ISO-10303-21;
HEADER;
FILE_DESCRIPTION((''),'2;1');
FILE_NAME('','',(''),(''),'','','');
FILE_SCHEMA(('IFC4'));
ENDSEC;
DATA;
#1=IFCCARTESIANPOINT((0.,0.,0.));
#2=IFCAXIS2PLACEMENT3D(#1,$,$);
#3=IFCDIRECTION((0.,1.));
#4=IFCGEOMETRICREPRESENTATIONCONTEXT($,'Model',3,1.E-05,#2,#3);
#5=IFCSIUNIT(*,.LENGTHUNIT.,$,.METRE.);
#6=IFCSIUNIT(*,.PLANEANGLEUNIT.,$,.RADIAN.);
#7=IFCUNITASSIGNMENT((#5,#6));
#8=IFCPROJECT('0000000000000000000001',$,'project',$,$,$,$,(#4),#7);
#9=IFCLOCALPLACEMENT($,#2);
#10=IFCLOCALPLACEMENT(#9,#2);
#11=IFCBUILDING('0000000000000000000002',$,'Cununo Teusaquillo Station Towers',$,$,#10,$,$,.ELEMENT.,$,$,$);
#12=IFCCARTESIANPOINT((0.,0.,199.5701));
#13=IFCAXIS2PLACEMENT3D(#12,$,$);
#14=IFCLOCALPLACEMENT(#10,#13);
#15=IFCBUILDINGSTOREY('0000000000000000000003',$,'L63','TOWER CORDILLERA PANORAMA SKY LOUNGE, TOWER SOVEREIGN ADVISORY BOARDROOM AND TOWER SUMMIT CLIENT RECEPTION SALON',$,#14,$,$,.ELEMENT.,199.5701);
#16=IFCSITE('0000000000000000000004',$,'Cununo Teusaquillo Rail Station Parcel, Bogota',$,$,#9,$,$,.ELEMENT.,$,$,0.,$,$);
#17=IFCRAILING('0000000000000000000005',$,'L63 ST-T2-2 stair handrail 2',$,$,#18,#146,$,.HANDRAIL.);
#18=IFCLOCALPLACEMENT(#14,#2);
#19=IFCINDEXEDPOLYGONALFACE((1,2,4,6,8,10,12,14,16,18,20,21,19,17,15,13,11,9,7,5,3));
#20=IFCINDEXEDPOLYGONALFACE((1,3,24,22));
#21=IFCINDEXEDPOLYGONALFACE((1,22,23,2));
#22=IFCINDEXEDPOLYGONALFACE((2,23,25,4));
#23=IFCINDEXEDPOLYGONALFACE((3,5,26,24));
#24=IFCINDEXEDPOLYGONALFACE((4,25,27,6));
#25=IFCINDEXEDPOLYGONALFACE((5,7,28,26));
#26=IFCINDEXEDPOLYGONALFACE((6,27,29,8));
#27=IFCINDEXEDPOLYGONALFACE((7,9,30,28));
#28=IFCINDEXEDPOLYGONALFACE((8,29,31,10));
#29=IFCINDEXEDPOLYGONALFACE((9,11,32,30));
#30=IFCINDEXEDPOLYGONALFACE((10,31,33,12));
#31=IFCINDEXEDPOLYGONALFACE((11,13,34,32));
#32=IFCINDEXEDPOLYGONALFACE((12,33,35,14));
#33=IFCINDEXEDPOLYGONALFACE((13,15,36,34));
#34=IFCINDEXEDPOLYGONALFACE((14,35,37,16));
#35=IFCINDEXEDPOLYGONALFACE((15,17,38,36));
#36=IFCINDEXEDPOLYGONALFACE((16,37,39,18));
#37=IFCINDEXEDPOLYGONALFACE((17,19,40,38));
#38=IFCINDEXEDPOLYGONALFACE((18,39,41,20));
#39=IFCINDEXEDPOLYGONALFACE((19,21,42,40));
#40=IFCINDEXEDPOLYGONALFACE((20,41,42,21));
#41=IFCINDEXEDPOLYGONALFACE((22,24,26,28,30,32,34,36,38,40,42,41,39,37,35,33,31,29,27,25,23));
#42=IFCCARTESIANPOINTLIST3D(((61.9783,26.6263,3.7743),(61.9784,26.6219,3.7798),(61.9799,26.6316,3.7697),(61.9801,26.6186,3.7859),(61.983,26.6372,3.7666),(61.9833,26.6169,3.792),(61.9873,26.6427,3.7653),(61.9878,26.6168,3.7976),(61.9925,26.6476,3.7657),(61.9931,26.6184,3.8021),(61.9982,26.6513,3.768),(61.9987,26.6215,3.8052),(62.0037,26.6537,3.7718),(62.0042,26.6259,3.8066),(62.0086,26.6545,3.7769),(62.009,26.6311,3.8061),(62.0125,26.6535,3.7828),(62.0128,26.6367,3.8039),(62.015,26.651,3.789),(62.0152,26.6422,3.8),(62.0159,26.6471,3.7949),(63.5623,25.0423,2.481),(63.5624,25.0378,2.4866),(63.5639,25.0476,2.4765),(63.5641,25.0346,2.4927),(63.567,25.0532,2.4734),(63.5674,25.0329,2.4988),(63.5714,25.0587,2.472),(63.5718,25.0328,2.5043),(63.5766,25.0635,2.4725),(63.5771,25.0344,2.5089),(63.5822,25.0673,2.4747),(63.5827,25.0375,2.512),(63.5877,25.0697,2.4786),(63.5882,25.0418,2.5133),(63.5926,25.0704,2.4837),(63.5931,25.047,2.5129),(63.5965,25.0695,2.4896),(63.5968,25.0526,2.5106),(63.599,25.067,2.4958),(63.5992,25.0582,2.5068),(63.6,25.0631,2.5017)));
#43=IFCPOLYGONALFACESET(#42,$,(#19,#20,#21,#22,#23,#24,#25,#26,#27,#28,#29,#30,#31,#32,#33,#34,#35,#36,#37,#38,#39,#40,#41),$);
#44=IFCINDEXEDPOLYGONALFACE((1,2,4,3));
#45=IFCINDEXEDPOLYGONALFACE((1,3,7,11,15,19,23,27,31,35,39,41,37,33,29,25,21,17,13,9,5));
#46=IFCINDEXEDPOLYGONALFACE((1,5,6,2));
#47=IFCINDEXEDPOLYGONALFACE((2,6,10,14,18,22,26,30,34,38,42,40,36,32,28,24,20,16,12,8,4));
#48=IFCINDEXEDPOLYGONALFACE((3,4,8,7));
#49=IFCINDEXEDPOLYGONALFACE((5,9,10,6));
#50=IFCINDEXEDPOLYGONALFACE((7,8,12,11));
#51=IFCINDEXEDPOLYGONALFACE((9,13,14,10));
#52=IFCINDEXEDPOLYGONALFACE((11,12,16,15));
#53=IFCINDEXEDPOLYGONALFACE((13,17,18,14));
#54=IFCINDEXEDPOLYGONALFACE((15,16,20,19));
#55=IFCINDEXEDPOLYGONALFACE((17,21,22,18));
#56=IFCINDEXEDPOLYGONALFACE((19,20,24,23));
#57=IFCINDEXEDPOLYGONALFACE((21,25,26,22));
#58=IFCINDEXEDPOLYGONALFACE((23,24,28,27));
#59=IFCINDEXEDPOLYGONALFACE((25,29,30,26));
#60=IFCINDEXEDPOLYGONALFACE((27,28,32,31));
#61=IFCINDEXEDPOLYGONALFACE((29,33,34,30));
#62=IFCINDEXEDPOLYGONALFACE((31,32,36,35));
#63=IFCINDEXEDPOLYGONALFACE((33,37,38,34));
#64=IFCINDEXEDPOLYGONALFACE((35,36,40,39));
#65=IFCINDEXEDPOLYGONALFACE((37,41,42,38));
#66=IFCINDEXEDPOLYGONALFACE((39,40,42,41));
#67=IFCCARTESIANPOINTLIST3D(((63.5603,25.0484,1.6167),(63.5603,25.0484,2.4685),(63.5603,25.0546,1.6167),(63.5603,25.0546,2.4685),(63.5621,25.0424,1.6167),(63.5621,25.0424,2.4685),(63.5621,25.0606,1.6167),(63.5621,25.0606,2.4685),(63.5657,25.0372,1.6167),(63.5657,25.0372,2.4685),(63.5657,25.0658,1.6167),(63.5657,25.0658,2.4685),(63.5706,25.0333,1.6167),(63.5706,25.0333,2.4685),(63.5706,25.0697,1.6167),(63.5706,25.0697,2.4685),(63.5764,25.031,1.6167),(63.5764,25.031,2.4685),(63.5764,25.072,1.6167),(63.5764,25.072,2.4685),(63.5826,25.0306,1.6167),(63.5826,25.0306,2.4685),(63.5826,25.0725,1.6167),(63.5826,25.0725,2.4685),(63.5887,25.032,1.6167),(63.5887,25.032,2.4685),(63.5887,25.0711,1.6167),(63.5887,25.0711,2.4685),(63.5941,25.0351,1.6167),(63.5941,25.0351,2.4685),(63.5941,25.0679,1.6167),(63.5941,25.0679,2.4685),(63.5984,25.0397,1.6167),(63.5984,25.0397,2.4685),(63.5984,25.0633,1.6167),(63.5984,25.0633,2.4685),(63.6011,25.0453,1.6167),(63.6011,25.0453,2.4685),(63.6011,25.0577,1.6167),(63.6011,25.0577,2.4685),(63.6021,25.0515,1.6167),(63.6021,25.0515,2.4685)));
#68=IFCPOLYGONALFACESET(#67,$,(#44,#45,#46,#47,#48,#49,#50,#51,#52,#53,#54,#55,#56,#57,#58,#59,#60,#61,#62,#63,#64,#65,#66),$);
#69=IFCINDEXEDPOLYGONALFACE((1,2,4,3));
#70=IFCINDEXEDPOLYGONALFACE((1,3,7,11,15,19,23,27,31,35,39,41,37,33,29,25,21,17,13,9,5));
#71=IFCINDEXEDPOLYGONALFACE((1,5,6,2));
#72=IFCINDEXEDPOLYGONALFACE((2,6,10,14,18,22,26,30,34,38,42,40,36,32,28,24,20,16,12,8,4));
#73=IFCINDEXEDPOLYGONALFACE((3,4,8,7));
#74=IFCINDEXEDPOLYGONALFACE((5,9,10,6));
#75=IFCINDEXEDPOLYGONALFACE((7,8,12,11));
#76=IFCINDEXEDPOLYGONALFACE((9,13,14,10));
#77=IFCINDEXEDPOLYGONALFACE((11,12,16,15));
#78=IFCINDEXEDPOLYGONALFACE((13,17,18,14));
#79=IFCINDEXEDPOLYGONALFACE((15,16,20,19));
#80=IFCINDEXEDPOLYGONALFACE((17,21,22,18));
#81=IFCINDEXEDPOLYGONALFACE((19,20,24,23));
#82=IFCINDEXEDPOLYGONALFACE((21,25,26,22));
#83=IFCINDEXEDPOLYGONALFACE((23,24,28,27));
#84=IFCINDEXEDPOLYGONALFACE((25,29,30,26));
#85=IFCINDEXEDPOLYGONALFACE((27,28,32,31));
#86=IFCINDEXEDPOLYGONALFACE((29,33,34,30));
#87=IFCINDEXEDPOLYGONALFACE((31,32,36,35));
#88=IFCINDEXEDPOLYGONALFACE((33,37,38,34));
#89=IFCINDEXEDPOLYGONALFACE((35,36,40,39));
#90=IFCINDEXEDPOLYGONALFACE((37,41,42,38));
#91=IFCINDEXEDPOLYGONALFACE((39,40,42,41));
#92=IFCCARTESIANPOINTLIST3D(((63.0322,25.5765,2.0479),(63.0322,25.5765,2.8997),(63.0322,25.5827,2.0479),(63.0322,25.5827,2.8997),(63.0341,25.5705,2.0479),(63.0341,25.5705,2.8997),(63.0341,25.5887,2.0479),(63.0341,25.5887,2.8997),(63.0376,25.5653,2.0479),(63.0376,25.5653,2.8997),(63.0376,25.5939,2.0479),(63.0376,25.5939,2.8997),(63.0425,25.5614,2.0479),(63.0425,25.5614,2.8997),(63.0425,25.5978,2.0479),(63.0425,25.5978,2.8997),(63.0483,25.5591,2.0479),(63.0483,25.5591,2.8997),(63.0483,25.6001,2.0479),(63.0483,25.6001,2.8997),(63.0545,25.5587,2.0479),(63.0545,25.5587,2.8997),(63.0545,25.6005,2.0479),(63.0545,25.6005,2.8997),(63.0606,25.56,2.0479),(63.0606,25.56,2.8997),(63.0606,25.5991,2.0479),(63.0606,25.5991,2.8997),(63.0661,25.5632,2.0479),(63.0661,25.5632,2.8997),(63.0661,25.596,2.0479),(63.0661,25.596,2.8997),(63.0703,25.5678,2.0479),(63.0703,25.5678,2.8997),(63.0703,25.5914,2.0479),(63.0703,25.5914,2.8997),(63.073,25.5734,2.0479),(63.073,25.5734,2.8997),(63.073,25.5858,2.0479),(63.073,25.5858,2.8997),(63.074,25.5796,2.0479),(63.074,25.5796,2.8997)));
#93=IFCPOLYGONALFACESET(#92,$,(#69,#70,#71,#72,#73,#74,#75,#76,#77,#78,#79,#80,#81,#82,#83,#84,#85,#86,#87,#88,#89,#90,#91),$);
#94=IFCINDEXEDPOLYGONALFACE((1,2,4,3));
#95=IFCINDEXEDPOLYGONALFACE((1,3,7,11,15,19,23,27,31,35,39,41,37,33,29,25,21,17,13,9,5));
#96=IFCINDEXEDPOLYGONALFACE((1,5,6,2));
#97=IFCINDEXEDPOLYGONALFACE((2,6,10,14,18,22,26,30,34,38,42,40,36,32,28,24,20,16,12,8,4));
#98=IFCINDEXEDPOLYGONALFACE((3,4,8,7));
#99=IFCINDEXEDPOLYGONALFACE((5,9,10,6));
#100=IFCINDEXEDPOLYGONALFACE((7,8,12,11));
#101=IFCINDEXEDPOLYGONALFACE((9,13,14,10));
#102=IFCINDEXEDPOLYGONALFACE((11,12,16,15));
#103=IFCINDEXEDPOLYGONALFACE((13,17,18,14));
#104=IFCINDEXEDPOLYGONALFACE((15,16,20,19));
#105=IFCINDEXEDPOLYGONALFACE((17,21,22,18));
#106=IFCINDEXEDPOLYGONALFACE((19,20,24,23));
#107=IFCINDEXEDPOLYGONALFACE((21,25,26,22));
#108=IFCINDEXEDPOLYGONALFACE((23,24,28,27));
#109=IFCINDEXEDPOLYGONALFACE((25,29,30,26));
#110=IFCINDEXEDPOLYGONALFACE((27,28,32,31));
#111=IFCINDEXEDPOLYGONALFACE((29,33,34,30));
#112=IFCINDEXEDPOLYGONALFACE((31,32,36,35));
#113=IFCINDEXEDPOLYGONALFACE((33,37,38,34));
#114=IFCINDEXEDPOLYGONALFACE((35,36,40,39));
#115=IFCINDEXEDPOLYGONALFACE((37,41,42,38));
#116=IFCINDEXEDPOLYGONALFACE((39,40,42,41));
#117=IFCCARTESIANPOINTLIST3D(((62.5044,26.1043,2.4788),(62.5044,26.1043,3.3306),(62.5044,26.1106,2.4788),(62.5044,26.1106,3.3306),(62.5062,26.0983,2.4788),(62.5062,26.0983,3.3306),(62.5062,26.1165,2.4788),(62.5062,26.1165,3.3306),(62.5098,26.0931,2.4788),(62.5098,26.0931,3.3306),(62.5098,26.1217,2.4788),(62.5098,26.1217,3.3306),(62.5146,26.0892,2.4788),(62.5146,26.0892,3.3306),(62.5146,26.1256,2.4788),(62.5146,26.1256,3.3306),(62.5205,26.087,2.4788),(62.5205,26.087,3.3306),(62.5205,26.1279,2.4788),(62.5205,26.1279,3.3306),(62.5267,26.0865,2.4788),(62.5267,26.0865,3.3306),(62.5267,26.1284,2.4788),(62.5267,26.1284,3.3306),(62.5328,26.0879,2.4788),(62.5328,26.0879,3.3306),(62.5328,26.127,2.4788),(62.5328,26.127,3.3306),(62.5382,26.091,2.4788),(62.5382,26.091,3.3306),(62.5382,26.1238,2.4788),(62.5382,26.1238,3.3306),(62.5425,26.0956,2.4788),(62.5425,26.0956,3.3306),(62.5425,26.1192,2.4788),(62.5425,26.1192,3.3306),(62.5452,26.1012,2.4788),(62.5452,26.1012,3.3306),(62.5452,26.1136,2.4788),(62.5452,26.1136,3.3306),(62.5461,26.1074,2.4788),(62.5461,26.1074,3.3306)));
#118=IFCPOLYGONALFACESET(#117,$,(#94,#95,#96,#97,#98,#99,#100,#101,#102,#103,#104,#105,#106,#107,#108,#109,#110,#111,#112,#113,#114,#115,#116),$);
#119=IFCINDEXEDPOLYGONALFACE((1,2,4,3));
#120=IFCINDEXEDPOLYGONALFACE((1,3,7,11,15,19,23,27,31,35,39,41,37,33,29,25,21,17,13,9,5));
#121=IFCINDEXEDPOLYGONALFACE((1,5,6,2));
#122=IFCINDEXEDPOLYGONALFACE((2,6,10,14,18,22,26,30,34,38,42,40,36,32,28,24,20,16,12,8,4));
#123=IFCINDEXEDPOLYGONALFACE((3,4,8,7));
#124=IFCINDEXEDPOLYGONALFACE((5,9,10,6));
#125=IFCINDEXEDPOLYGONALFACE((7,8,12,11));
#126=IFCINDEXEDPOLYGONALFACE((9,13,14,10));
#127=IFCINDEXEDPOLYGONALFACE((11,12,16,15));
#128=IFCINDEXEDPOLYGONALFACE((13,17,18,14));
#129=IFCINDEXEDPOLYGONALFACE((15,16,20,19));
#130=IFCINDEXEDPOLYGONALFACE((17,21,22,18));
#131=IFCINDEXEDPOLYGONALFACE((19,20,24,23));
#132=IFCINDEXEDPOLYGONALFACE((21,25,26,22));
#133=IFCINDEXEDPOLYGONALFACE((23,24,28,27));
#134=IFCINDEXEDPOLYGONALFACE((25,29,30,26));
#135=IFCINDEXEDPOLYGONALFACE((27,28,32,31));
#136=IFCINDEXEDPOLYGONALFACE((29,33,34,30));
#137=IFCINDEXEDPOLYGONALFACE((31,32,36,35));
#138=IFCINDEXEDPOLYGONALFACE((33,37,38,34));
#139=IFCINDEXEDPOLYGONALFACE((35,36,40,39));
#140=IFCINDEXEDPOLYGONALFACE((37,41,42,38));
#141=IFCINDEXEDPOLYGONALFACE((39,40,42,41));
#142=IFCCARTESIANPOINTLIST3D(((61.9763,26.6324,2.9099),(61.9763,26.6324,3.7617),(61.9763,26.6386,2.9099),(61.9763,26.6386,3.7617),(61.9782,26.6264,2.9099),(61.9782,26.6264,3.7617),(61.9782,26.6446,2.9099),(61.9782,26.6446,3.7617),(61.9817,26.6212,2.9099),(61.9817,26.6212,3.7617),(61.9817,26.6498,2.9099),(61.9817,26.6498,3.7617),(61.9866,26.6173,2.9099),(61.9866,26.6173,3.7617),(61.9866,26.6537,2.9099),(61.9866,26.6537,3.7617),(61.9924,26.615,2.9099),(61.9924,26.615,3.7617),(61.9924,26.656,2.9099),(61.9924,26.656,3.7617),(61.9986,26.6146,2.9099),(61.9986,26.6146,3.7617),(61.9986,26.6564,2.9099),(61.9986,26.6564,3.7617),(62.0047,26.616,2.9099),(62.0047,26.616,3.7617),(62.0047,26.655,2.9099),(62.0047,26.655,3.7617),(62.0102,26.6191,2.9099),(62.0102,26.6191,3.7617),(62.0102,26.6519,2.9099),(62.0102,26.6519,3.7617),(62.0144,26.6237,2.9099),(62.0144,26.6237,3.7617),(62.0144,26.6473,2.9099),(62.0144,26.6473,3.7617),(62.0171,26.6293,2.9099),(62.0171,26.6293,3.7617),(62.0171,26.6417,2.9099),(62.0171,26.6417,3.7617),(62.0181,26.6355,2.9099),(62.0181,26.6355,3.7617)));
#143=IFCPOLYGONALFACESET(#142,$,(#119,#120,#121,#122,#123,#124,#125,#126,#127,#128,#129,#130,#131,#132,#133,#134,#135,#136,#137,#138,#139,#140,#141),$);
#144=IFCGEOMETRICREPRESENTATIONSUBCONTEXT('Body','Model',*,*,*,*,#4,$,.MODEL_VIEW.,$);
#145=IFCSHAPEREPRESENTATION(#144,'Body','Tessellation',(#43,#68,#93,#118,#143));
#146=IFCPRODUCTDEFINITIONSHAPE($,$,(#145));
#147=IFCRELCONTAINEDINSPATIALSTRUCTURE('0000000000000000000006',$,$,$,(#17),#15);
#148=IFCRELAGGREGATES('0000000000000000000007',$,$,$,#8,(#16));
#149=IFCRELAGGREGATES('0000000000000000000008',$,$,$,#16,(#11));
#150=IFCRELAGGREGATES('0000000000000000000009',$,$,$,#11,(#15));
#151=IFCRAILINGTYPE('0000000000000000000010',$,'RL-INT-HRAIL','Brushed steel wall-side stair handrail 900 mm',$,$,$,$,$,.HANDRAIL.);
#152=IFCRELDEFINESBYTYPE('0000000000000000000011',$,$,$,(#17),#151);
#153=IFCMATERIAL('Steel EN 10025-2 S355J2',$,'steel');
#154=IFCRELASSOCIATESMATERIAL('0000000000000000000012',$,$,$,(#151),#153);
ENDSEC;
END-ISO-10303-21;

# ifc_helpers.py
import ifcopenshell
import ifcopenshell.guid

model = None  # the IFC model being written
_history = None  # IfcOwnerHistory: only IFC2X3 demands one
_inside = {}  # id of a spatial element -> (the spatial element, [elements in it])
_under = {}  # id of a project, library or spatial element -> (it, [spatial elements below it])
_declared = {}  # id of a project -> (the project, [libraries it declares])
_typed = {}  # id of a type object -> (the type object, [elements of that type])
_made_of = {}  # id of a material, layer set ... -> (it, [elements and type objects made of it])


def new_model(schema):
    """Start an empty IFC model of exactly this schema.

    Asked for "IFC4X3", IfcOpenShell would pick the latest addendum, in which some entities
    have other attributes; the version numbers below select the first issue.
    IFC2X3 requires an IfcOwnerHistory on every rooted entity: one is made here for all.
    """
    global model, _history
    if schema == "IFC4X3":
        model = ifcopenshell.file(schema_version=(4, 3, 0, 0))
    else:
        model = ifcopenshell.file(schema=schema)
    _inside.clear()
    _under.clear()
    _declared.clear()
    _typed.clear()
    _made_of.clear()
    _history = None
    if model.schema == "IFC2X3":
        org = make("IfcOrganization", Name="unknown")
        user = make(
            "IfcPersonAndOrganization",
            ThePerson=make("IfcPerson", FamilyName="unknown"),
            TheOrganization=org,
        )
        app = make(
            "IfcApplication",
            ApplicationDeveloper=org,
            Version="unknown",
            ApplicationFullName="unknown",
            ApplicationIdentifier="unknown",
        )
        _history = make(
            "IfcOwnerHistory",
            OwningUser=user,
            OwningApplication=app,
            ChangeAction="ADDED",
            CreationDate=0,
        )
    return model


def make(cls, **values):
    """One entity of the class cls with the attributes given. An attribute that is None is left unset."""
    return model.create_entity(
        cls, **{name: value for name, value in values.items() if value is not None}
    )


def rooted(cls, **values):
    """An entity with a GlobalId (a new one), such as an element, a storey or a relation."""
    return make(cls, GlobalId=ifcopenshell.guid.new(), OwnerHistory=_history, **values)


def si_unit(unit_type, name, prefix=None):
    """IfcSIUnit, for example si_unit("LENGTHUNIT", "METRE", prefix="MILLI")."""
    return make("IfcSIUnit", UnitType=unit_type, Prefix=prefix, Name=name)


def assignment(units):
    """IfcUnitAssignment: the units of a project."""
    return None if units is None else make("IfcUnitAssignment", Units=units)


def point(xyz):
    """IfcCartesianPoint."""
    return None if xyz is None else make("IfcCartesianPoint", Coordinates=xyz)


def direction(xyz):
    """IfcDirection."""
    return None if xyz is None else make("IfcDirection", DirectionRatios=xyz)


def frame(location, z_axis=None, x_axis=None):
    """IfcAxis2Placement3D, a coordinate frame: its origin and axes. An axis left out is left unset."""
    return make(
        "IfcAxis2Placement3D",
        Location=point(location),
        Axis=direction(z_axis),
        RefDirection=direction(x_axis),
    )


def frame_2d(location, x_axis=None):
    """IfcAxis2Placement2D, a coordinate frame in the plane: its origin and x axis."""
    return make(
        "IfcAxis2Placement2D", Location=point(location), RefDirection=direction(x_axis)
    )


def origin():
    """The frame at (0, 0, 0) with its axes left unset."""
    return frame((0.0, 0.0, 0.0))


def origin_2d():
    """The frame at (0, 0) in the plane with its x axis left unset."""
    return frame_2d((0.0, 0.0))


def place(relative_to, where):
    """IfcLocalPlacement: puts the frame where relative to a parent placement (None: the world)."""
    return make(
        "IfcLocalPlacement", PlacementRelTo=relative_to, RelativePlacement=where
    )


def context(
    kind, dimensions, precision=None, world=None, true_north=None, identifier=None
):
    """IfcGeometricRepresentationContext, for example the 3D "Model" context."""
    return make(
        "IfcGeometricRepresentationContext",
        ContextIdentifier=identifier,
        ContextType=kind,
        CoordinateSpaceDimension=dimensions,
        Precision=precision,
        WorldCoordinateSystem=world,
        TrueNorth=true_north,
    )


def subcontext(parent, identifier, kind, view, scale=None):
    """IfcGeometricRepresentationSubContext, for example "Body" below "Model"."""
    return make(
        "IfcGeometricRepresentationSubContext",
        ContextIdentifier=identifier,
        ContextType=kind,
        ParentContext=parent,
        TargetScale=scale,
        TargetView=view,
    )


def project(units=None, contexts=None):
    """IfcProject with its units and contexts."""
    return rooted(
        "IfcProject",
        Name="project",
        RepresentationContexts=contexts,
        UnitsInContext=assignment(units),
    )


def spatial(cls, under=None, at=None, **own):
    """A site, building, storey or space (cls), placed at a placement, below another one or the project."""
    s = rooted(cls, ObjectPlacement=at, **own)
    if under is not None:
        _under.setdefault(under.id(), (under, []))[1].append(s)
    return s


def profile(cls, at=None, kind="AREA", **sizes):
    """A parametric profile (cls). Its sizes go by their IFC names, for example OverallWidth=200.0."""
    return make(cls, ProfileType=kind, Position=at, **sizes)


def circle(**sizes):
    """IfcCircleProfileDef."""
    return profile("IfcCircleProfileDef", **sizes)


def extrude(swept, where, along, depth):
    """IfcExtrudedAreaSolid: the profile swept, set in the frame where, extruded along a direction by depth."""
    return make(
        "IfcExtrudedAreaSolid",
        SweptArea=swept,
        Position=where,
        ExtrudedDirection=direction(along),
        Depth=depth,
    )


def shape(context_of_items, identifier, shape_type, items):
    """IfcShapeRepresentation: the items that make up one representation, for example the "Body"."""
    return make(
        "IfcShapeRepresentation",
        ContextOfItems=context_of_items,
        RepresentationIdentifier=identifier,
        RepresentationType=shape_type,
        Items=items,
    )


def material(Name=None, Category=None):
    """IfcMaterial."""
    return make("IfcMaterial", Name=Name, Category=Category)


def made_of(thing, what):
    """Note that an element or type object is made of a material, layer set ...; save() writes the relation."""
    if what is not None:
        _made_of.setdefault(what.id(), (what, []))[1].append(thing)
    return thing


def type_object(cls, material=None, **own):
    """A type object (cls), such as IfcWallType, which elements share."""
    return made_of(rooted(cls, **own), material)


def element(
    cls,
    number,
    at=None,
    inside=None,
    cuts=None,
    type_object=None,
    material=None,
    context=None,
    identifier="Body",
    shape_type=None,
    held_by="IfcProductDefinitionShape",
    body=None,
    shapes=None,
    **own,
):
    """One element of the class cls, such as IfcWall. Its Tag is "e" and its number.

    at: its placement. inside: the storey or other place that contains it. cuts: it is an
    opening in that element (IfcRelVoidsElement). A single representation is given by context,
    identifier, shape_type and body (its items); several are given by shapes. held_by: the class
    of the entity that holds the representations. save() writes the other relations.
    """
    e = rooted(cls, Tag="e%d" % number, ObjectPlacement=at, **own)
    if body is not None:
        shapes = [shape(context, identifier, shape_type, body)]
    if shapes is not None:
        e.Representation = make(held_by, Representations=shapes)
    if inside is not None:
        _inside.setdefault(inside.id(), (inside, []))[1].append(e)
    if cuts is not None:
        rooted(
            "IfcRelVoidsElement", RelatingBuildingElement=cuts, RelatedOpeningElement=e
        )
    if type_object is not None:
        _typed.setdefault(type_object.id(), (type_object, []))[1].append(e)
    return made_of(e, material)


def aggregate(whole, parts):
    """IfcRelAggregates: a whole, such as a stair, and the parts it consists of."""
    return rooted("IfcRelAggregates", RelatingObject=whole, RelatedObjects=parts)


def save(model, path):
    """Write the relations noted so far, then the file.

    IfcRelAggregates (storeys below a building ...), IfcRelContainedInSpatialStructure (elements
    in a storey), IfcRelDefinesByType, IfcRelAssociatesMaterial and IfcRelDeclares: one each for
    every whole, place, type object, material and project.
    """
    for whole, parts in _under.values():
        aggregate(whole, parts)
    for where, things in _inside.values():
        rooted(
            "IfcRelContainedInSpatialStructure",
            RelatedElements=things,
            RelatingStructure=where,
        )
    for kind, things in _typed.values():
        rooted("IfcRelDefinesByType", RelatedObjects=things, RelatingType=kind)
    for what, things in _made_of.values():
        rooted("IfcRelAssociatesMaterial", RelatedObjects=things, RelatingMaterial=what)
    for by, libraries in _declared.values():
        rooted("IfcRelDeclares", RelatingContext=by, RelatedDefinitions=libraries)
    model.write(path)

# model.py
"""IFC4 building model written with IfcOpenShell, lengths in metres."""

from ifc_helpers import new_model, si_unit, direction, frame, origin, origin_2d, place, context, subcontext, project, spatial, circle, extrude, material, type_object, element, save


model = new_model("IFC4")

# Units and contexts
model_context = context("Model", 3, precision=1e-05, world=origin(), true_north=direction((0.0, 1.0)))
body_context = subcontext(model_context, "Body", "Model", "MODEL_VIEW")
ifc_project = project(units=[si_unit("LENGTHUNIT", "METRE"), si_unit("PLANEANGLEUNIT", "RADIAN")], contexts=[model_context])

# Site, building, storey
site_placement = place(None, origin())
site = spatial("IfcSite", under=ifc_project, at=site_placement, Name="Cununo Teusaquillo Rail Station Parcel, Bogota", CompositionType="ELEMENT", RefElevation=0.0)
building_placement = place(site_placement, origin())
building = spatial("IfcBuilding", under=site, at=building_placement, Name="Cununo Teusaquillo Station Towers", CompositionType="ELEMENT")
storey_placement = place(building_placement, frame((0.0, 0.0, 199.5701)))
storey = spatial("IfcBuildingStorey", under=building, at=storey_placement, Name="L63", Description="TOWER CORDILLERA PANORAMA SKY LOUNGE, TOWER SOVEREIGN ADVISORY BOARDROOM AND TOWER SUMMIT CLIENT RECEPTION SALON", CompositionType="ELEMENT", Elevation=199.5701)

# Railing
ifc_material_1 = material(Name="Steel EN 10025-2 S355J2", Category="steel")
railing_type_1 = type_object("IfcRailingType", Name="RL-INT-HRAIL", Description="Brushed steel wall-side stair handrail 900 mm", PredefinedType="HANDRAIL", material=ifc_material_1)
railing_1_placement = place(storey_placement, frame((63.5811, 25.0515, 1.6167)))
element("IfcRailing", 1, at=railing_1_placement, inside=storey, type_object=railing_type_1, Name="L63 ST-T2-2 stair handrail 2", PredefinedType="HANDRAIL", context=body_context, shape_type="SweptSolid", body=[
    extrude(circle(Radius=0.0239, at=origin_2d()), frame((0.0, 0.0, 0.876), z_axis=(-0.612385, 0.612385, 0.49997), x_axis=(-0.707107, -0.707107, 0.0)), (0.0, 0.0, 1.0), 2.5867),
    extrude(circle(Radius=0.021, at=origin_2d()), origin(), (0.0, 0.0, 1.0), 0.8518),
    extrude(circle(Radius=0.021, at=origin_2d()), frame((-0.5281, 0.5281, 0.4312)), (0.0, 0.0, 1.0), 0.8518),
    extrude(circle(Radius=0.021, at=origin_2d()), frame((-1.0559, 1.0559, 0.8621)), (0.0, 0.0, 1.0), 0.8518),
    extrude(circle(Radius=0.021, at=origin_2d()), frame((-1.584, 1.584, 1.2932)), (0.0, 0.0, 1.0), 0.8518),
])

save(model, "model.ifc")
